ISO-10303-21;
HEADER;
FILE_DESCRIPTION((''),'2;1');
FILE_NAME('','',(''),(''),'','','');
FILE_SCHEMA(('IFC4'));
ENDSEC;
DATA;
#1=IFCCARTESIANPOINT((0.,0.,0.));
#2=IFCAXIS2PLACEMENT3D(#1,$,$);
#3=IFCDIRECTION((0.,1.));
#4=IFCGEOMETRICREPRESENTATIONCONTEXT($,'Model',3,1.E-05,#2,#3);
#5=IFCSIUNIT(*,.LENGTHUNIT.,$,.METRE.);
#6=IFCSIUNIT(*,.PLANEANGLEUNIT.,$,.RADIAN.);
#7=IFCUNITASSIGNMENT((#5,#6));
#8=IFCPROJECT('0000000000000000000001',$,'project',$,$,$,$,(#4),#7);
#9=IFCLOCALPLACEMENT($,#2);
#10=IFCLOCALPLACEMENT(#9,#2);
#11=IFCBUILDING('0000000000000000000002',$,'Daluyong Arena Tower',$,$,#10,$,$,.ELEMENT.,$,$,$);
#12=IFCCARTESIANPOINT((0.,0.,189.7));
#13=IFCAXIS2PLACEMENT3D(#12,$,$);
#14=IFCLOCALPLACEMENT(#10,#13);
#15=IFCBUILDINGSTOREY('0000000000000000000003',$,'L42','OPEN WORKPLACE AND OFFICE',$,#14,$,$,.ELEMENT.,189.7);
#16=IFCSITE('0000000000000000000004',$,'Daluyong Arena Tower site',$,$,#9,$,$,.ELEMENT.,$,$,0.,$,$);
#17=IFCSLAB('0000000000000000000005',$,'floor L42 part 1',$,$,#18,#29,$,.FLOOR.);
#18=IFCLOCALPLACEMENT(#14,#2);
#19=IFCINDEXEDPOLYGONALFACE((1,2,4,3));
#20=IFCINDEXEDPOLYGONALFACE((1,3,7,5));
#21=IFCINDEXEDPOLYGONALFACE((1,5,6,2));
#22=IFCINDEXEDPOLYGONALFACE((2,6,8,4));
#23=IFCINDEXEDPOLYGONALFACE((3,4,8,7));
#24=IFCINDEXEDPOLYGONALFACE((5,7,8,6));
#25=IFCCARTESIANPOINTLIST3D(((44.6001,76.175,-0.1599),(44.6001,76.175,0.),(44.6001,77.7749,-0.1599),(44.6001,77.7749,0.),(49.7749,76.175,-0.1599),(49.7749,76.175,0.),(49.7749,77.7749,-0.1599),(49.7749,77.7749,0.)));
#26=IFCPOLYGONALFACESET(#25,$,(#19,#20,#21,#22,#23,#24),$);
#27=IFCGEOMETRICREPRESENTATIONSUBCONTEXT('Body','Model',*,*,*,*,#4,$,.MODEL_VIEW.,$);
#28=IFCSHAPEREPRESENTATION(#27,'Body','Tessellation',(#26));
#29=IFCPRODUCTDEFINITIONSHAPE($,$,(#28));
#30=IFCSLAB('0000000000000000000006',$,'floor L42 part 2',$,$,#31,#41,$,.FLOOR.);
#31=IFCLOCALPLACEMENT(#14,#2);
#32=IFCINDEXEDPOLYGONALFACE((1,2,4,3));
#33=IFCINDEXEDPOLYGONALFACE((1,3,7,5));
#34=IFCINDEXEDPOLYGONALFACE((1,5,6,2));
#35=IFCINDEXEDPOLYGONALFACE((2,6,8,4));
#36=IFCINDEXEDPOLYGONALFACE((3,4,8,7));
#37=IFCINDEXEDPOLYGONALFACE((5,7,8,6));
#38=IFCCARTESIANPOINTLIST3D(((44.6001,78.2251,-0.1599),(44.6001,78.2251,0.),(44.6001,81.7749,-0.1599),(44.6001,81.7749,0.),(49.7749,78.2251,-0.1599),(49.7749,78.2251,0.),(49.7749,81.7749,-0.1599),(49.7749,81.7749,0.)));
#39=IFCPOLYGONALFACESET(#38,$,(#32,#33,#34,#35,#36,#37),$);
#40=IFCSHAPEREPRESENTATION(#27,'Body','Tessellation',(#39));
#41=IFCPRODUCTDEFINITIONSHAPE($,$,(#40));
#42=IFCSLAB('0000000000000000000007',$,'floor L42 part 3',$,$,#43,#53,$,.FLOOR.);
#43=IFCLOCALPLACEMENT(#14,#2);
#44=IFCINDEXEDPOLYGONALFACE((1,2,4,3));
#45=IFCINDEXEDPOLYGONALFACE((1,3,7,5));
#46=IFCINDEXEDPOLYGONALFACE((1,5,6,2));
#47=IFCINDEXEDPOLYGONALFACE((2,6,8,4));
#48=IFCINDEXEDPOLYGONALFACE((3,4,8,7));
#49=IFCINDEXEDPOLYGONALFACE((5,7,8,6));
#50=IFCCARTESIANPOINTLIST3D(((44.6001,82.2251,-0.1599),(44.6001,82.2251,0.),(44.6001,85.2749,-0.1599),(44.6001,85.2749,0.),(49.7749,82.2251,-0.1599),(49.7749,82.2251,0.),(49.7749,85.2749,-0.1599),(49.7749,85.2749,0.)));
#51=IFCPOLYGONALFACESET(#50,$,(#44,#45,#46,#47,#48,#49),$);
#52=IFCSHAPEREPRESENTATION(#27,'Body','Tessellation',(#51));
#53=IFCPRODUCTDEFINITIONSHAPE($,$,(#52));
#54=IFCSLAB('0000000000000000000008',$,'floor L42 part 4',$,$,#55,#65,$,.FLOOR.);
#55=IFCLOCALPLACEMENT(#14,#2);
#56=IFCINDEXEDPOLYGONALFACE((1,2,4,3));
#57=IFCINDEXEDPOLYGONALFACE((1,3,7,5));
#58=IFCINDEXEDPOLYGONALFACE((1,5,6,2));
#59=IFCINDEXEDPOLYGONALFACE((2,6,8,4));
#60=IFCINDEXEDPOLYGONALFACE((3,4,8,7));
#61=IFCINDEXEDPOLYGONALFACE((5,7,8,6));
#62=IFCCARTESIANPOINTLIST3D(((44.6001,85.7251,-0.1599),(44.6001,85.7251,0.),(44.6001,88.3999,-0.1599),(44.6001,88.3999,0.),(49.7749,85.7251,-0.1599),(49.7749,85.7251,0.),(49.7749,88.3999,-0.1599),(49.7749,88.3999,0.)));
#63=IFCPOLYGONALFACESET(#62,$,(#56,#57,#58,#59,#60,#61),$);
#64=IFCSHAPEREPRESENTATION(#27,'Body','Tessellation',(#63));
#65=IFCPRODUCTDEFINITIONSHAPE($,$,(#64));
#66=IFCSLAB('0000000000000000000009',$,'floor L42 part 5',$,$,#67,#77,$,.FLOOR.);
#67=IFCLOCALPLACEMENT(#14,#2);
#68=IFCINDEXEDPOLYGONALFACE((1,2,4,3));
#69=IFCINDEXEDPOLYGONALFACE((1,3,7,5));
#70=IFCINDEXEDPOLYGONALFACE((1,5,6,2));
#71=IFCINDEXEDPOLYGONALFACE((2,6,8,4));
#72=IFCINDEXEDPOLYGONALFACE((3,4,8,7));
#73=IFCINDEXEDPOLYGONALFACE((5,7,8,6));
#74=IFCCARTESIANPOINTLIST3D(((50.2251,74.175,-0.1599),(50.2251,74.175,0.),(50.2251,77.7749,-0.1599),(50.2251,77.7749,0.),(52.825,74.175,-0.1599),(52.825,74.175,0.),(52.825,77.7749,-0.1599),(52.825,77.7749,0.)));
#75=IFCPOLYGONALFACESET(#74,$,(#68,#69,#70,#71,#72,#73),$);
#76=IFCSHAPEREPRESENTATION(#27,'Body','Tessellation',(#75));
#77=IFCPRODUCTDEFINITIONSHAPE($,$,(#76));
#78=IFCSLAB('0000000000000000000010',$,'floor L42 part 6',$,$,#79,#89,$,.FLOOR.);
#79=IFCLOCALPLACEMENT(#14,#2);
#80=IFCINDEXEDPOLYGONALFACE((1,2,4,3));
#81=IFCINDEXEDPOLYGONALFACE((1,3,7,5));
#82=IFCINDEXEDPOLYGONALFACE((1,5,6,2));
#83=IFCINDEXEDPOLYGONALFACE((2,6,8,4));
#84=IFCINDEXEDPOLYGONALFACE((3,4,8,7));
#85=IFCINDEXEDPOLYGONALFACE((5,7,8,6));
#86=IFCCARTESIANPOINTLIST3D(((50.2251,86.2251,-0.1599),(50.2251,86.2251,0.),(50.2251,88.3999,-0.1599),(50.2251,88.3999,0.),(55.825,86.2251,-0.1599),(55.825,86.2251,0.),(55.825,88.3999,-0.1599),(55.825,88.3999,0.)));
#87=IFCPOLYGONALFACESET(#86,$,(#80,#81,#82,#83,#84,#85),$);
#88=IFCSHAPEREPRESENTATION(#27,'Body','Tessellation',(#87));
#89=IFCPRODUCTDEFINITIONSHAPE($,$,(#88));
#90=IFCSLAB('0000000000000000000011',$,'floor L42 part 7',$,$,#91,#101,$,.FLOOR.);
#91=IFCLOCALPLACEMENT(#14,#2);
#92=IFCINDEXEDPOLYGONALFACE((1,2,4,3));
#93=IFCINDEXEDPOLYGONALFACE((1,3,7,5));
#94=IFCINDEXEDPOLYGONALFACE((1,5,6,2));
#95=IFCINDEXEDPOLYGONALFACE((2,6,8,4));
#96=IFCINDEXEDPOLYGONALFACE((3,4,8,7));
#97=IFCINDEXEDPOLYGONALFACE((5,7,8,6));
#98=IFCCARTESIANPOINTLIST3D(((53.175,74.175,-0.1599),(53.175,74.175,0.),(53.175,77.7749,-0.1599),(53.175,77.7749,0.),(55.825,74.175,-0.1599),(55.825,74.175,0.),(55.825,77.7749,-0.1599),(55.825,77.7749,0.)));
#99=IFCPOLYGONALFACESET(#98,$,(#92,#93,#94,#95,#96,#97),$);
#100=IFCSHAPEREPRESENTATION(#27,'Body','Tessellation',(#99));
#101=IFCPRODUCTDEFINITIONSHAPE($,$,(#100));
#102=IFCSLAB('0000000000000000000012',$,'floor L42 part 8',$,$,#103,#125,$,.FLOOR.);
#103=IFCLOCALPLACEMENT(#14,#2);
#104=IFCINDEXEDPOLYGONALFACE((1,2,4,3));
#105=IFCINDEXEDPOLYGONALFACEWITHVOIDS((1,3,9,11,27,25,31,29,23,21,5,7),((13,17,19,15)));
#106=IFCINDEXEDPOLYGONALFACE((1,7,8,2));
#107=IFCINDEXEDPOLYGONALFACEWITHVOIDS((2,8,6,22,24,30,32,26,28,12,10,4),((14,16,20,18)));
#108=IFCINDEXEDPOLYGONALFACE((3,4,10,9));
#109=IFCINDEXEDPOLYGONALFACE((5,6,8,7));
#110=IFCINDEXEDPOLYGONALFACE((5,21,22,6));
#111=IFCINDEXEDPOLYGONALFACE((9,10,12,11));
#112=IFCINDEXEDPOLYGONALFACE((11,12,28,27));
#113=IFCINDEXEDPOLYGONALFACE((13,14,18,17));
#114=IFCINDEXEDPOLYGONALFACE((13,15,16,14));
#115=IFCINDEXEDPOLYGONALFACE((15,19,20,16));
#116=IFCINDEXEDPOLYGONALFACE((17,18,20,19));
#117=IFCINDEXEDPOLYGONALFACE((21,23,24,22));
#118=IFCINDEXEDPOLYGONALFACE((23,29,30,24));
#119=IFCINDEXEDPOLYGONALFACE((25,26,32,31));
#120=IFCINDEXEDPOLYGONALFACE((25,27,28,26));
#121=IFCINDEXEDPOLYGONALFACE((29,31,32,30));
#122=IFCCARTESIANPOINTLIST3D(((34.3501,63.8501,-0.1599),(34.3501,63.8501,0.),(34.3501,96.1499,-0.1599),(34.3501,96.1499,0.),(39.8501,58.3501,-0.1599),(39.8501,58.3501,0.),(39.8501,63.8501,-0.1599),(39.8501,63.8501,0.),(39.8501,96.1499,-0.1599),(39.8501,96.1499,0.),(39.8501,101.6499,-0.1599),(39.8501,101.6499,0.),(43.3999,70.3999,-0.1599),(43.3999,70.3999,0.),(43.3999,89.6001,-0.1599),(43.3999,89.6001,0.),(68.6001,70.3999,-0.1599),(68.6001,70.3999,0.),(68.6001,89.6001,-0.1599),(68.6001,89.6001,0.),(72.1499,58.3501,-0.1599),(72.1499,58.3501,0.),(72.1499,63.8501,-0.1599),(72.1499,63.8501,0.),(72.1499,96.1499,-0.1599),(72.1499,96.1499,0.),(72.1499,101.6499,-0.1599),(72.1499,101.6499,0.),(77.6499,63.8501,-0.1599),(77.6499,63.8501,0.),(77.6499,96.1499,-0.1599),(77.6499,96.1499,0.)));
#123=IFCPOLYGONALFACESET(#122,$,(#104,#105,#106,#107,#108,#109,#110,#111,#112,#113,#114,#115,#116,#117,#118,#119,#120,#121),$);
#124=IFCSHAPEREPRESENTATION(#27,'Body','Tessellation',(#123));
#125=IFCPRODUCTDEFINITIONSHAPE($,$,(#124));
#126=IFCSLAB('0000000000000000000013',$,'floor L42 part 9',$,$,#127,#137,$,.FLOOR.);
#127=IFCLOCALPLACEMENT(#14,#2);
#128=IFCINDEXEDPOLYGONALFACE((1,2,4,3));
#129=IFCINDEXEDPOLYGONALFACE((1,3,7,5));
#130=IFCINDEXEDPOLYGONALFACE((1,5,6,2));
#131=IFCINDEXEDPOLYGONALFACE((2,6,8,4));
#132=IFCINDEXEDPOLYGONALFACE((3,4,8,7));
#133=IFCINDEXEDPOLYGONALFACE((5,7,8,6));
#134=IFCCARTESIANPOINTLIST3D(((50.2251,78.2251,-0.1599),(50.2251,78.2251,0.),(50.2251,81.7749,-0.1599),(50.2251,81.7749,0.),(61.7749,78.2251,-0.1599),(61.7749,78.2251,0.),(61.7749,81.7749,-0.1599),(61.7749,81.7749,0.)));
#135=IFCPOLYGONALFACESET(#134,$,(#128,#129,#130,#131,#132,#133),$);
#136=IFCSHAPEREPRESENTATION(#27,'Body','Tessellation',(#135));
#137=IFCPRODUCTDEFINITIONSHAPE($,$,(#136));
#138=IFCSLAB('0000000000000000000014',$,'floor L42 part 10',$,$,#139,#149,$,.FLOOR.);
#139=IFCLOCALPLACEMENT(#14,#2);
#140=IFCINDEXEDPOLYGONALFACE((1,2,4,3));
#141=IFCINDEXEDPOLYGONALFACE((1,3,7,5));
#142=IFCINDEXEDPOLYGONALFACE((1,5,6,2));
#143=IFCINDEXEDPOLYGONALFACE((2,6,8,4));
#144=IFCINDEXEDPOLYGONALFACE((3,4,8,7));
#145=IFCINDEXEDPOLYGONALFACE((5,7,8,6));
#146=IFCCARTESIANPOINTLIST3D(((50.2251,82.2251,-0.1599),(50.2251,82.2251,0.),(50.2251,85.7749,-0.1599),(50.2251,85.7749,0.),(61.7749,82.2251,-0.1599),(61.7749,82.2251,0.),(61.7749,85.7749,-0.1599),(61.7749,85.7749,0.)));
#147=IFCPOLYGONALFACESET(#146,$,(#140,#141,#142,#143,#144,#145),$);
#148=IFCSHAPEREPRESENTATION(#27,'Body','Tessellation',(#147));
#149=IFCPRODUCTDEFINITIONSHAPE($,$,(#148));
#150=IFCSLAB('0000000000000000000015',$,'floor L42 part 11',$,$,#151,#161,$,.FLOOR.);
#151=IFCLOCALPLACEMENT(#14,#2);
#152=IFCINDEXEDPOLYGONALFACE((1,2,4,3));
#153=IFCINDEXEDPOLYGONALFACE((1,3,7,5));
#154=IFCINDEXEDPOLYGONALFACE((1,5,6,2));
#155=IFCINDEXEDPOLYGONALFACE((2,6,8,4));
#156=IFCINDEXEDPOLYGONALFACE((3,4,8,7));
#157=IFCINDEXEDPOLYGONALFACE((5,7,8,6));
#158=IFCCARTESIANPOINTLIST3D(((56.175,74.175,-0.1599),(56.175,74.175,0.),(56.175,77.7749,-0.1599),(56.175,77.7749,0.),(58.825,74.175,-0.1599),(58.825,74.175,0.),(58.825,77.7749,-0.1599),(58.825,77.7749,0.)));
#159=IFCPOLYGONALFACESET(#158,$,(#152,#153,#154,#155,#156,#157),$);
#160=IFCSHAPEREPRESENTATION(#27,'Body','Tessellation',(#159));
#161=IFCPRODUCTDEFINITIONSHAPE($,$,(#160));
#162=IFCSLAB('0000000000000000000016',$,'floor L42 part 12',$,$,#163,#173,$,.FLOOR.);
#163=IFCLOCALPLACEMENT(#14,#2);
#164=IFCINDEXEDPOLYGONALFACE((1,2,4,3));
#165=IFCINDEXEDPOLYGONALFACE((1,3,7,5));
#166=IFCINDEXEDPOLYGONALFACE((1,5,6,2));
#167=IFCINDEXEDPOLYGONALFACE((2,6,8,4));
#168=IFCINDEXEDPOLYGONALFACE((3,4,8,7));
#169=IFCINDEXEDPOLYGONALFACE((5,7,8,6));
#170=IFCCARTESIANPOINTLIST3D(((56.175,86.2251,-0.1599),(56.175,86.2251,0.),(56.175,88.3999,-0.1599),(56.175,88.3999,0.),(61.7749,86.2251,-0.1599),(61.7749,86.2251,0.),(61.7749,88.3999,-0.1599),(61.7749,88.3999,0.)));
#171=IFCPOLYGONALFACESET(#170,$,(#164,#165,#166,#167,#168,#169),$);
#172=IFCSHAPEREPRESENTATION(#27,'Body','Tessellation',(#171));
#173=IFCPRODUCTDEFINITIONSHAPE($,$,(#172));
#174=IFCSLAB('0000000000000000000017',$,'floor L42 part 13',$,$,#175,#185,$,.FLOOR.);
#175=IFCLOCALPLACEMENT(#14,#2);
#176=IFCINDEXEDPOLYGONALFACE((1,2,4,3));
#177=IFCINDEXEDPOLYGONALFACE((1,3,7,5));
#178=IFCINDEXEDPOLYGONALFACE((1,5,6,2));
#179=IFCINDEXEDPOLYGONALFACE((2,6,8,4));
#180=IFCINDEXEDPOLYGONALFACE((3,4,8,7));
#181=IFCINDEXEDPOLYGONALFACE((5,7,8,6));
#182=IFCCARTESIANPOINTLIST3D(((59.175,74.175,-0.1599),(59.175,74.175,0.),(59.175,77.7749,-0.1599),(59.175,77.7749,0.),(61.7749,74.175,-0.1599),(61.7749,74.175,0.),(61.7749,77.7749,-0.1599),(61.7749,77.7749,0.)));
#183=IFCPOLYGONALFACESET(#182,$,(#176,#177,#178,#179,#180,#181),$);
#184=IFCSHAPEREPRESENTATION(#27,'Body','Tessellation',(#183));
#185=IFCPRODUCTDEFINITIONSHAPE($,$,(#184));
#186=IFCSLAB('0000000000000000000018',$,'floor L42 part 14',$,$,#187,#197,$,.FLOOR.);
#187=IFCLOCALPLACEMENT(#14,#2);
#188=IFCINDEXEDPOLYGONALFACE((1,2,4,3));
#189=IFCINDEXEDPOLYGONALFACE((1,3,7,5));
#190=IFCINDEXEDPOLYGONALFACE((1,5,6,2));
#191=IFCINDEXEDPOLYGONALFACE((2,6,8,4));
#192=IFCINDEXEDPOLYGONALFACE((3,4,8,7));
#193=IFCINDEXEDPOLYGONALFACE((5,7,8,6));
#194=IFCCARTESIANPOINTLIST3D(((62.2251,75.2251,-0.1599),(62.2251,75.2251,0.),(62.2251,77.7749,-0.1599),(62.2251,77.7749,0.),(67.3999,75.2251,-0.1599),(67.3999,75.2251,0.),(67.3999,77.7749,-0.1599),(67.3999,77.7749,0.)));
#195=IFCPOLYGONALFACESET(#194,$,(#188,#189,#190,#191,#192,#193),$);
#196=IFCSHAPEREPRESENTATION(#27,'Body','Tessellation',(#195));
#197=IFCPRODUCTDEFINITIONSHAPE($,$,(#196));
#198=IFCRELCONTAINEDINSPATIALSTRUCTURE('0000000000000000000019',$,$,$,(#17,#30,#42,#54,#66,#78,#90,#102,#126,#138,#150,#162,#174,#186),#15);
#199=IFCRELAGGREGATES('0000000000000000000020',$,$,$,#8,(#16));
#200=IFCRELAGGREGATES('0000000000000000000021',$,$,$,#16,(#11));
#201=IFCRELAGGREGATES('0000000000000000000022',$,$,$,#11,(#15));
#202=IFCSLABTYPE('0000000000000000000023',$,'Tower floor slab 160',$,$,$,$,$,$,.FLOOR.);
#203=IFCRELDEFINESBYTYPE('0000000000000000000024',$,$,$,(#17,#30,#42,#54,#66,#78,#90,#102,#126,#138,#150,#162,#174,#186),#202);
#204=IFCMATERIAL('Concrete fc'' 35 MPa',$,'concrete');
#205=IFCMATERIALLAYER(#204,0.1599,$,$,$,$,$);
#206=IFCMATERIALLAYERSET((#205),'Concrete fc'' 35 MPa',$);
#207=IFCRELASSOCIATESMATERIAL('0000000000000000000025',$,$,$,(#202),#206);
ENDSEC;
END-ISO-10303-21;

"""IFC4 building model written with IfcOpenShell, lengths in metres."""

from ifc_helpers import new_model, si_unit, direction, frame, origin, place, context, subcontext, project, spatial, polyline, outline, extrude, material, layer, layer_set, type_object, element, save


model = new_model("IFC4")

# Units and contexts
model_context = context("Model", 3, precision=1e-05, world=origin(), true_north=direction((0.0, 1.0)))
body_context = subcontext(model_context, "Body", "Model", "MODEL_VIEW")
ifc_project = project(units=[si_unit("LENGTHUNIT", "METRE"), si_unit("PLANEANGLEUNIT", "RADIAN")], contexts=[model_context])

# Site, building, storey
site_placement = place(None, origin())
site = spatial("IfcSite", under=ifc_project, at=site_placement, Name="Daluyong Arena Tower site", CompositionType="ELEMENT", RefElevation=0.0)
building_placement = place(site_placement, origin())
building = spatial("IfcBuilding", under=site, at=building_placement, Name="Daluyong Arena Tower", CompositionType="ELEMENT")
storey_placement = place(building_placement, frame((0.0, 0.0, 189.7)))
storey = spatial("IfcBuildingStorey", under=building, at=storey_placement, Name="L42", Description="OPEN WORKPLACE AND OFFICE", CompositionType="ELEMENT", Elevation=189.7)

# Slabs
ifc_material_1 = material(Name="Concrete fc' 35 MPa", Category="concrete")
ifc_layer_1 = layer(ifc_material_1, 0.1599)
ifc_layer_set_1 = layer_set([ifc_layer_1], Name="Concrete fc' 35 MPa")
slab_type = type_object("IfcSlabType", Name="Tower floor slab 160", PredefinedType="FLOOR", material=ifc_layer_set_1)
slab_1_placement = place(storey_placement, frame((0.0, 0.0, -0.1599)))
element("IfcSlab", 1, at=slab_1_placement, inside=storey, type_object=slab_type, Name="floor L42 part 1", PredefinedType="FLOOR", context=body_context, shape_type="SweptSolid", body=[
    extrude(outline(polyline([(49.7749, 77.7749), (44.6001, 77.7749), (44.6001, 76.175), (49.7749, 76.175), (49.7749, 77.7749)])), origin(), (0.0, 0.0, 1.0), 0.1599),
])
slab_2_placement = place(storey_placement, frame((0.0, 0.0, -0.1599)))
element("IfcSlab", 2, at=slab_2_placement, inside=storey, type_object=slab_type, Name="floor L42 part 2", PredefinedType="FLOOR", context=body_context, shape_type="SweptSolid", body=[
    extrude(outline(polyline([(49.7749, 78.2251), (49.7749, 81.7749), (44.6001, 81.7749), (44.6001, 78.2251), (49.7749, 78.2251)])), origin(), (0.0, 0.0, 1.0), 0.1599),
])
slab_3_placement = place(storey_placement, frame((0.0, 0.0, -0.1599)))
element("IfcSlab", 3, at=slab_3_placement, inside=storey, type_object=slab_type, Name="floor L42 part 3", PredefinedType="FLOOR", context=body_context, shape_type="SweptSolid", body=[
    extrude(outline(polyline([(44.6001, 85.2749), (44.6001, 82.2251), (49.7749, 82.2251), (49.7749, 85.2749), (44.6001, 85.2749)])), origin(), (0.0, 0.0, 1.0), 0.1599),
])
slab_4_placement = place(storey_placement, frame((0.0, 0.0, -0.1599)))
element("IfcSlab", 4, at=slab_4_placement, inside=storey, type_object=slab_type, Name="floor L42 part 4", PredefinedType="FLOOR", context=body_context, shape_type="SweptSolid", body=[
    extrude(outline(polyline([(44.6001, 88.3999), (44.6001, 85.7251), (49.7749, 85.7251), (49.7749, 88.3999), (44.6001, 88.3999)])), origin(), (0.0, 0.0, 1.0), 0.1599),
])
slab_5_placement = place(storey_placement, frame((0.0, 0.0, -0.1599)))
element("IfcSlab", 5, at=slab_5_placement, inside=storey, type_object=slab_type, Name="floor L42 part 5", PredefinedType="FLOOR", context=body_context, shape_type="SweptSolid", body=[
    extrude(outline(polyline([(52.825, 74.175), (52.825, 77.7749), (50.2251, 77.7749), (50.2251, 74.175), (52.825, 74.175)])), origin(), (0.0, 0.0, 1.0), 0.1599),
])
slab_6_placement = place(storey_placement, frame((0.0, 0.0, -0.1599)))
element("IfcSlab", 6, at=slab_6_placement, inside=storey, type_object=slab_type, Name="floor L42 part 6", PredefinedType="FLOOR", context=body_context, shape_type="SweptSolid", body=[
    extrude(outline(polyline([(50.2251, 88.3999), (50.2251, 86.2251), (55.825, 86.2251), (55.825, 88.3999), (50.2251, 88.3999)])), origin(), (0.0, 0.0, 1.0), 0.1599),
])
slab_7_placement = place(storey_placement, frame((0.0, 0.0, -0.1599)))
element("IfcSlab", 7, at=slab_7_placement, inside=storey, type_object=slab_type, Name="floor L42 part 7", PredefinedType="FLOOR", context=body_context, shape_type="SweptSolid", body=[
    extrude(outline(polyline([(53.175, 74.175), (55.825, 74.175), (55.825, 77.7749), (53.175, 77.7749), (53.175, 74.175)])), origin(), (0.0, 0.0, 1.0), 0.1599),
])
slab_8_placement = place(storey_placement, frame((0.0, 0.0, -0.1599)))
element("IfcSlab", 8, at=slab_8_placement, inside=storey, type_object=slab_type, Name="floor L42 part 8", PredefinedType="FLOOR", context=body_context, shape_type="SweptSolid", body=[
    extrude(outline(polyline([(39.8501, 63.8501), (39.8501, 58.3501), (72.1499, 58.3501), (72.1499, 63.8501), (77.6499, 63.8501), (77.6499, 96.1499), (72.1499, 96.1499), (72.1499, 101.6499), (39.8501, 101.6499), (39.8501, 96.1499), (34.3501, 96.1499), (34.3501, 63.8501), (39.8501, 63.8501)]), holes=[polyline([(68.6001, 89.6001), (68.6001, 70.3999), (43.3999, 70.3999), (43.3999, 89.6001), (68.6001, 89.6001)])]), origin(), (0.0, 0.0, 1.0), 0.1599),
])
slab_9_placement = place(storey_placement, frame((0.0, 0.0, -0.1599)))
element("IfcSlab", 9, at=slab_9_placement, inside=storey, type_object=slab_type, Name="floor L42 part 9", PredefinedType="FLOOR", context=body_context, shape_type="SweptSolid", body=[
    extrude(outline(polyline([(50.2251, 81.7749), (50.2251, 78.2251), (61.7749, 78.2251), (61.7749, 81.7749), (50.2251, 81.7749)])), origin(), (0.0, 0.0, 1.0), 0.1599),
])
slab_10_placement = place(storey_placement, frame((0.0, 0.0, -0.1599)))
element("IfcSlab", 10, at=slab_10_placement, inside=storey, type_object=slab_type, Name="floor L42 part 10", PredefinedType="FLOOR", context=body_context, shape_type="SweptSolid", body=[
    extrude(outline(polyline([(50.2251, 85.7749), (50.2251, 82.2251), (61.7749, 82.2251), (61.7749, 85.7749), (50.2251, 85.7749)])), origin(), (0.0, 0.0, 1.0), 0.1599),
])
slab_11_placement = place(storey_placement, frame((0.0, 0.0, -0.1599)))
element("IfcSlab", 11, at=slab_11_placement, inside=storey, type_object=slab_type, Name="floor L42 part 11", PredefinedType="FLOOR", context=body_context, shape_type="SweptSolid", body=[
    extrude(outline(polyline([(58.825, 77.7749), (56.175, 77.7749), (56.175, 74.175), (58.825, 74.175), (58.825, 77.7749)])), origin(), (0.0, 0.0, 1.0), 0.1599),
])
slab_12_placement = place(storey_placement, frame((0.0, 0.0, -0.1599)))
element("IfcSlab", 12, at=slab_12_placement, inside=storey, type_object=slab_type, Name="floor L42 part 12", PredefinedType="FLOOR", context=body_context, shape_type="SweptSolid", body=[
    extrude(outline(polyline([(56.175, 88.3999), (56.175, 86.2251), (61.7749, 86.2251), (61.7749, 88.3999), (56.175, 88.3999)])), origin(), (0.0, 0.0, 1.0), 0.1599),
])
slab_13_placement = place(storey_placement, frame((0.0, 0.0, -0.1599)))
element("IfcSlab", 13, at=slab_13_placement, inside=storey, type_object=slab_type, Name="floor L42 part 13", PredefinedType="FLOOR", context=body_context, shape_type="SweptSolid", body=[
    extrude(outline(polyline([(61.7749, 77.7749), (59.175, 77.7749), (59.175, 74.175), (61.7749, 74.175), (61.7749, 77.7749)])), origin(), (0.0, 0.0, 1.0), 0.1599),
])
slab_14_placement = place(storey_placement, frame((0.0, 0.0, -0.1599)))
element("IfcSlab", 14, at=slab_14_placement, inside=storey, type_object=slab_type, Name="floor L42 part 14", PredefinedType="FLOOR", context=body_context, shape_type="SweptSolid", body=[
    extrude(outline(polyline([(67.3999, 75.2251), (67.3999, 77.7749), (62.2251, 77.7749), (62.2251, 75.2251), (67.3999, 75.2251)])), origin(), (0.0, 0.0, 1.0), 0.1599),
])

save(model, "model.ifc")
